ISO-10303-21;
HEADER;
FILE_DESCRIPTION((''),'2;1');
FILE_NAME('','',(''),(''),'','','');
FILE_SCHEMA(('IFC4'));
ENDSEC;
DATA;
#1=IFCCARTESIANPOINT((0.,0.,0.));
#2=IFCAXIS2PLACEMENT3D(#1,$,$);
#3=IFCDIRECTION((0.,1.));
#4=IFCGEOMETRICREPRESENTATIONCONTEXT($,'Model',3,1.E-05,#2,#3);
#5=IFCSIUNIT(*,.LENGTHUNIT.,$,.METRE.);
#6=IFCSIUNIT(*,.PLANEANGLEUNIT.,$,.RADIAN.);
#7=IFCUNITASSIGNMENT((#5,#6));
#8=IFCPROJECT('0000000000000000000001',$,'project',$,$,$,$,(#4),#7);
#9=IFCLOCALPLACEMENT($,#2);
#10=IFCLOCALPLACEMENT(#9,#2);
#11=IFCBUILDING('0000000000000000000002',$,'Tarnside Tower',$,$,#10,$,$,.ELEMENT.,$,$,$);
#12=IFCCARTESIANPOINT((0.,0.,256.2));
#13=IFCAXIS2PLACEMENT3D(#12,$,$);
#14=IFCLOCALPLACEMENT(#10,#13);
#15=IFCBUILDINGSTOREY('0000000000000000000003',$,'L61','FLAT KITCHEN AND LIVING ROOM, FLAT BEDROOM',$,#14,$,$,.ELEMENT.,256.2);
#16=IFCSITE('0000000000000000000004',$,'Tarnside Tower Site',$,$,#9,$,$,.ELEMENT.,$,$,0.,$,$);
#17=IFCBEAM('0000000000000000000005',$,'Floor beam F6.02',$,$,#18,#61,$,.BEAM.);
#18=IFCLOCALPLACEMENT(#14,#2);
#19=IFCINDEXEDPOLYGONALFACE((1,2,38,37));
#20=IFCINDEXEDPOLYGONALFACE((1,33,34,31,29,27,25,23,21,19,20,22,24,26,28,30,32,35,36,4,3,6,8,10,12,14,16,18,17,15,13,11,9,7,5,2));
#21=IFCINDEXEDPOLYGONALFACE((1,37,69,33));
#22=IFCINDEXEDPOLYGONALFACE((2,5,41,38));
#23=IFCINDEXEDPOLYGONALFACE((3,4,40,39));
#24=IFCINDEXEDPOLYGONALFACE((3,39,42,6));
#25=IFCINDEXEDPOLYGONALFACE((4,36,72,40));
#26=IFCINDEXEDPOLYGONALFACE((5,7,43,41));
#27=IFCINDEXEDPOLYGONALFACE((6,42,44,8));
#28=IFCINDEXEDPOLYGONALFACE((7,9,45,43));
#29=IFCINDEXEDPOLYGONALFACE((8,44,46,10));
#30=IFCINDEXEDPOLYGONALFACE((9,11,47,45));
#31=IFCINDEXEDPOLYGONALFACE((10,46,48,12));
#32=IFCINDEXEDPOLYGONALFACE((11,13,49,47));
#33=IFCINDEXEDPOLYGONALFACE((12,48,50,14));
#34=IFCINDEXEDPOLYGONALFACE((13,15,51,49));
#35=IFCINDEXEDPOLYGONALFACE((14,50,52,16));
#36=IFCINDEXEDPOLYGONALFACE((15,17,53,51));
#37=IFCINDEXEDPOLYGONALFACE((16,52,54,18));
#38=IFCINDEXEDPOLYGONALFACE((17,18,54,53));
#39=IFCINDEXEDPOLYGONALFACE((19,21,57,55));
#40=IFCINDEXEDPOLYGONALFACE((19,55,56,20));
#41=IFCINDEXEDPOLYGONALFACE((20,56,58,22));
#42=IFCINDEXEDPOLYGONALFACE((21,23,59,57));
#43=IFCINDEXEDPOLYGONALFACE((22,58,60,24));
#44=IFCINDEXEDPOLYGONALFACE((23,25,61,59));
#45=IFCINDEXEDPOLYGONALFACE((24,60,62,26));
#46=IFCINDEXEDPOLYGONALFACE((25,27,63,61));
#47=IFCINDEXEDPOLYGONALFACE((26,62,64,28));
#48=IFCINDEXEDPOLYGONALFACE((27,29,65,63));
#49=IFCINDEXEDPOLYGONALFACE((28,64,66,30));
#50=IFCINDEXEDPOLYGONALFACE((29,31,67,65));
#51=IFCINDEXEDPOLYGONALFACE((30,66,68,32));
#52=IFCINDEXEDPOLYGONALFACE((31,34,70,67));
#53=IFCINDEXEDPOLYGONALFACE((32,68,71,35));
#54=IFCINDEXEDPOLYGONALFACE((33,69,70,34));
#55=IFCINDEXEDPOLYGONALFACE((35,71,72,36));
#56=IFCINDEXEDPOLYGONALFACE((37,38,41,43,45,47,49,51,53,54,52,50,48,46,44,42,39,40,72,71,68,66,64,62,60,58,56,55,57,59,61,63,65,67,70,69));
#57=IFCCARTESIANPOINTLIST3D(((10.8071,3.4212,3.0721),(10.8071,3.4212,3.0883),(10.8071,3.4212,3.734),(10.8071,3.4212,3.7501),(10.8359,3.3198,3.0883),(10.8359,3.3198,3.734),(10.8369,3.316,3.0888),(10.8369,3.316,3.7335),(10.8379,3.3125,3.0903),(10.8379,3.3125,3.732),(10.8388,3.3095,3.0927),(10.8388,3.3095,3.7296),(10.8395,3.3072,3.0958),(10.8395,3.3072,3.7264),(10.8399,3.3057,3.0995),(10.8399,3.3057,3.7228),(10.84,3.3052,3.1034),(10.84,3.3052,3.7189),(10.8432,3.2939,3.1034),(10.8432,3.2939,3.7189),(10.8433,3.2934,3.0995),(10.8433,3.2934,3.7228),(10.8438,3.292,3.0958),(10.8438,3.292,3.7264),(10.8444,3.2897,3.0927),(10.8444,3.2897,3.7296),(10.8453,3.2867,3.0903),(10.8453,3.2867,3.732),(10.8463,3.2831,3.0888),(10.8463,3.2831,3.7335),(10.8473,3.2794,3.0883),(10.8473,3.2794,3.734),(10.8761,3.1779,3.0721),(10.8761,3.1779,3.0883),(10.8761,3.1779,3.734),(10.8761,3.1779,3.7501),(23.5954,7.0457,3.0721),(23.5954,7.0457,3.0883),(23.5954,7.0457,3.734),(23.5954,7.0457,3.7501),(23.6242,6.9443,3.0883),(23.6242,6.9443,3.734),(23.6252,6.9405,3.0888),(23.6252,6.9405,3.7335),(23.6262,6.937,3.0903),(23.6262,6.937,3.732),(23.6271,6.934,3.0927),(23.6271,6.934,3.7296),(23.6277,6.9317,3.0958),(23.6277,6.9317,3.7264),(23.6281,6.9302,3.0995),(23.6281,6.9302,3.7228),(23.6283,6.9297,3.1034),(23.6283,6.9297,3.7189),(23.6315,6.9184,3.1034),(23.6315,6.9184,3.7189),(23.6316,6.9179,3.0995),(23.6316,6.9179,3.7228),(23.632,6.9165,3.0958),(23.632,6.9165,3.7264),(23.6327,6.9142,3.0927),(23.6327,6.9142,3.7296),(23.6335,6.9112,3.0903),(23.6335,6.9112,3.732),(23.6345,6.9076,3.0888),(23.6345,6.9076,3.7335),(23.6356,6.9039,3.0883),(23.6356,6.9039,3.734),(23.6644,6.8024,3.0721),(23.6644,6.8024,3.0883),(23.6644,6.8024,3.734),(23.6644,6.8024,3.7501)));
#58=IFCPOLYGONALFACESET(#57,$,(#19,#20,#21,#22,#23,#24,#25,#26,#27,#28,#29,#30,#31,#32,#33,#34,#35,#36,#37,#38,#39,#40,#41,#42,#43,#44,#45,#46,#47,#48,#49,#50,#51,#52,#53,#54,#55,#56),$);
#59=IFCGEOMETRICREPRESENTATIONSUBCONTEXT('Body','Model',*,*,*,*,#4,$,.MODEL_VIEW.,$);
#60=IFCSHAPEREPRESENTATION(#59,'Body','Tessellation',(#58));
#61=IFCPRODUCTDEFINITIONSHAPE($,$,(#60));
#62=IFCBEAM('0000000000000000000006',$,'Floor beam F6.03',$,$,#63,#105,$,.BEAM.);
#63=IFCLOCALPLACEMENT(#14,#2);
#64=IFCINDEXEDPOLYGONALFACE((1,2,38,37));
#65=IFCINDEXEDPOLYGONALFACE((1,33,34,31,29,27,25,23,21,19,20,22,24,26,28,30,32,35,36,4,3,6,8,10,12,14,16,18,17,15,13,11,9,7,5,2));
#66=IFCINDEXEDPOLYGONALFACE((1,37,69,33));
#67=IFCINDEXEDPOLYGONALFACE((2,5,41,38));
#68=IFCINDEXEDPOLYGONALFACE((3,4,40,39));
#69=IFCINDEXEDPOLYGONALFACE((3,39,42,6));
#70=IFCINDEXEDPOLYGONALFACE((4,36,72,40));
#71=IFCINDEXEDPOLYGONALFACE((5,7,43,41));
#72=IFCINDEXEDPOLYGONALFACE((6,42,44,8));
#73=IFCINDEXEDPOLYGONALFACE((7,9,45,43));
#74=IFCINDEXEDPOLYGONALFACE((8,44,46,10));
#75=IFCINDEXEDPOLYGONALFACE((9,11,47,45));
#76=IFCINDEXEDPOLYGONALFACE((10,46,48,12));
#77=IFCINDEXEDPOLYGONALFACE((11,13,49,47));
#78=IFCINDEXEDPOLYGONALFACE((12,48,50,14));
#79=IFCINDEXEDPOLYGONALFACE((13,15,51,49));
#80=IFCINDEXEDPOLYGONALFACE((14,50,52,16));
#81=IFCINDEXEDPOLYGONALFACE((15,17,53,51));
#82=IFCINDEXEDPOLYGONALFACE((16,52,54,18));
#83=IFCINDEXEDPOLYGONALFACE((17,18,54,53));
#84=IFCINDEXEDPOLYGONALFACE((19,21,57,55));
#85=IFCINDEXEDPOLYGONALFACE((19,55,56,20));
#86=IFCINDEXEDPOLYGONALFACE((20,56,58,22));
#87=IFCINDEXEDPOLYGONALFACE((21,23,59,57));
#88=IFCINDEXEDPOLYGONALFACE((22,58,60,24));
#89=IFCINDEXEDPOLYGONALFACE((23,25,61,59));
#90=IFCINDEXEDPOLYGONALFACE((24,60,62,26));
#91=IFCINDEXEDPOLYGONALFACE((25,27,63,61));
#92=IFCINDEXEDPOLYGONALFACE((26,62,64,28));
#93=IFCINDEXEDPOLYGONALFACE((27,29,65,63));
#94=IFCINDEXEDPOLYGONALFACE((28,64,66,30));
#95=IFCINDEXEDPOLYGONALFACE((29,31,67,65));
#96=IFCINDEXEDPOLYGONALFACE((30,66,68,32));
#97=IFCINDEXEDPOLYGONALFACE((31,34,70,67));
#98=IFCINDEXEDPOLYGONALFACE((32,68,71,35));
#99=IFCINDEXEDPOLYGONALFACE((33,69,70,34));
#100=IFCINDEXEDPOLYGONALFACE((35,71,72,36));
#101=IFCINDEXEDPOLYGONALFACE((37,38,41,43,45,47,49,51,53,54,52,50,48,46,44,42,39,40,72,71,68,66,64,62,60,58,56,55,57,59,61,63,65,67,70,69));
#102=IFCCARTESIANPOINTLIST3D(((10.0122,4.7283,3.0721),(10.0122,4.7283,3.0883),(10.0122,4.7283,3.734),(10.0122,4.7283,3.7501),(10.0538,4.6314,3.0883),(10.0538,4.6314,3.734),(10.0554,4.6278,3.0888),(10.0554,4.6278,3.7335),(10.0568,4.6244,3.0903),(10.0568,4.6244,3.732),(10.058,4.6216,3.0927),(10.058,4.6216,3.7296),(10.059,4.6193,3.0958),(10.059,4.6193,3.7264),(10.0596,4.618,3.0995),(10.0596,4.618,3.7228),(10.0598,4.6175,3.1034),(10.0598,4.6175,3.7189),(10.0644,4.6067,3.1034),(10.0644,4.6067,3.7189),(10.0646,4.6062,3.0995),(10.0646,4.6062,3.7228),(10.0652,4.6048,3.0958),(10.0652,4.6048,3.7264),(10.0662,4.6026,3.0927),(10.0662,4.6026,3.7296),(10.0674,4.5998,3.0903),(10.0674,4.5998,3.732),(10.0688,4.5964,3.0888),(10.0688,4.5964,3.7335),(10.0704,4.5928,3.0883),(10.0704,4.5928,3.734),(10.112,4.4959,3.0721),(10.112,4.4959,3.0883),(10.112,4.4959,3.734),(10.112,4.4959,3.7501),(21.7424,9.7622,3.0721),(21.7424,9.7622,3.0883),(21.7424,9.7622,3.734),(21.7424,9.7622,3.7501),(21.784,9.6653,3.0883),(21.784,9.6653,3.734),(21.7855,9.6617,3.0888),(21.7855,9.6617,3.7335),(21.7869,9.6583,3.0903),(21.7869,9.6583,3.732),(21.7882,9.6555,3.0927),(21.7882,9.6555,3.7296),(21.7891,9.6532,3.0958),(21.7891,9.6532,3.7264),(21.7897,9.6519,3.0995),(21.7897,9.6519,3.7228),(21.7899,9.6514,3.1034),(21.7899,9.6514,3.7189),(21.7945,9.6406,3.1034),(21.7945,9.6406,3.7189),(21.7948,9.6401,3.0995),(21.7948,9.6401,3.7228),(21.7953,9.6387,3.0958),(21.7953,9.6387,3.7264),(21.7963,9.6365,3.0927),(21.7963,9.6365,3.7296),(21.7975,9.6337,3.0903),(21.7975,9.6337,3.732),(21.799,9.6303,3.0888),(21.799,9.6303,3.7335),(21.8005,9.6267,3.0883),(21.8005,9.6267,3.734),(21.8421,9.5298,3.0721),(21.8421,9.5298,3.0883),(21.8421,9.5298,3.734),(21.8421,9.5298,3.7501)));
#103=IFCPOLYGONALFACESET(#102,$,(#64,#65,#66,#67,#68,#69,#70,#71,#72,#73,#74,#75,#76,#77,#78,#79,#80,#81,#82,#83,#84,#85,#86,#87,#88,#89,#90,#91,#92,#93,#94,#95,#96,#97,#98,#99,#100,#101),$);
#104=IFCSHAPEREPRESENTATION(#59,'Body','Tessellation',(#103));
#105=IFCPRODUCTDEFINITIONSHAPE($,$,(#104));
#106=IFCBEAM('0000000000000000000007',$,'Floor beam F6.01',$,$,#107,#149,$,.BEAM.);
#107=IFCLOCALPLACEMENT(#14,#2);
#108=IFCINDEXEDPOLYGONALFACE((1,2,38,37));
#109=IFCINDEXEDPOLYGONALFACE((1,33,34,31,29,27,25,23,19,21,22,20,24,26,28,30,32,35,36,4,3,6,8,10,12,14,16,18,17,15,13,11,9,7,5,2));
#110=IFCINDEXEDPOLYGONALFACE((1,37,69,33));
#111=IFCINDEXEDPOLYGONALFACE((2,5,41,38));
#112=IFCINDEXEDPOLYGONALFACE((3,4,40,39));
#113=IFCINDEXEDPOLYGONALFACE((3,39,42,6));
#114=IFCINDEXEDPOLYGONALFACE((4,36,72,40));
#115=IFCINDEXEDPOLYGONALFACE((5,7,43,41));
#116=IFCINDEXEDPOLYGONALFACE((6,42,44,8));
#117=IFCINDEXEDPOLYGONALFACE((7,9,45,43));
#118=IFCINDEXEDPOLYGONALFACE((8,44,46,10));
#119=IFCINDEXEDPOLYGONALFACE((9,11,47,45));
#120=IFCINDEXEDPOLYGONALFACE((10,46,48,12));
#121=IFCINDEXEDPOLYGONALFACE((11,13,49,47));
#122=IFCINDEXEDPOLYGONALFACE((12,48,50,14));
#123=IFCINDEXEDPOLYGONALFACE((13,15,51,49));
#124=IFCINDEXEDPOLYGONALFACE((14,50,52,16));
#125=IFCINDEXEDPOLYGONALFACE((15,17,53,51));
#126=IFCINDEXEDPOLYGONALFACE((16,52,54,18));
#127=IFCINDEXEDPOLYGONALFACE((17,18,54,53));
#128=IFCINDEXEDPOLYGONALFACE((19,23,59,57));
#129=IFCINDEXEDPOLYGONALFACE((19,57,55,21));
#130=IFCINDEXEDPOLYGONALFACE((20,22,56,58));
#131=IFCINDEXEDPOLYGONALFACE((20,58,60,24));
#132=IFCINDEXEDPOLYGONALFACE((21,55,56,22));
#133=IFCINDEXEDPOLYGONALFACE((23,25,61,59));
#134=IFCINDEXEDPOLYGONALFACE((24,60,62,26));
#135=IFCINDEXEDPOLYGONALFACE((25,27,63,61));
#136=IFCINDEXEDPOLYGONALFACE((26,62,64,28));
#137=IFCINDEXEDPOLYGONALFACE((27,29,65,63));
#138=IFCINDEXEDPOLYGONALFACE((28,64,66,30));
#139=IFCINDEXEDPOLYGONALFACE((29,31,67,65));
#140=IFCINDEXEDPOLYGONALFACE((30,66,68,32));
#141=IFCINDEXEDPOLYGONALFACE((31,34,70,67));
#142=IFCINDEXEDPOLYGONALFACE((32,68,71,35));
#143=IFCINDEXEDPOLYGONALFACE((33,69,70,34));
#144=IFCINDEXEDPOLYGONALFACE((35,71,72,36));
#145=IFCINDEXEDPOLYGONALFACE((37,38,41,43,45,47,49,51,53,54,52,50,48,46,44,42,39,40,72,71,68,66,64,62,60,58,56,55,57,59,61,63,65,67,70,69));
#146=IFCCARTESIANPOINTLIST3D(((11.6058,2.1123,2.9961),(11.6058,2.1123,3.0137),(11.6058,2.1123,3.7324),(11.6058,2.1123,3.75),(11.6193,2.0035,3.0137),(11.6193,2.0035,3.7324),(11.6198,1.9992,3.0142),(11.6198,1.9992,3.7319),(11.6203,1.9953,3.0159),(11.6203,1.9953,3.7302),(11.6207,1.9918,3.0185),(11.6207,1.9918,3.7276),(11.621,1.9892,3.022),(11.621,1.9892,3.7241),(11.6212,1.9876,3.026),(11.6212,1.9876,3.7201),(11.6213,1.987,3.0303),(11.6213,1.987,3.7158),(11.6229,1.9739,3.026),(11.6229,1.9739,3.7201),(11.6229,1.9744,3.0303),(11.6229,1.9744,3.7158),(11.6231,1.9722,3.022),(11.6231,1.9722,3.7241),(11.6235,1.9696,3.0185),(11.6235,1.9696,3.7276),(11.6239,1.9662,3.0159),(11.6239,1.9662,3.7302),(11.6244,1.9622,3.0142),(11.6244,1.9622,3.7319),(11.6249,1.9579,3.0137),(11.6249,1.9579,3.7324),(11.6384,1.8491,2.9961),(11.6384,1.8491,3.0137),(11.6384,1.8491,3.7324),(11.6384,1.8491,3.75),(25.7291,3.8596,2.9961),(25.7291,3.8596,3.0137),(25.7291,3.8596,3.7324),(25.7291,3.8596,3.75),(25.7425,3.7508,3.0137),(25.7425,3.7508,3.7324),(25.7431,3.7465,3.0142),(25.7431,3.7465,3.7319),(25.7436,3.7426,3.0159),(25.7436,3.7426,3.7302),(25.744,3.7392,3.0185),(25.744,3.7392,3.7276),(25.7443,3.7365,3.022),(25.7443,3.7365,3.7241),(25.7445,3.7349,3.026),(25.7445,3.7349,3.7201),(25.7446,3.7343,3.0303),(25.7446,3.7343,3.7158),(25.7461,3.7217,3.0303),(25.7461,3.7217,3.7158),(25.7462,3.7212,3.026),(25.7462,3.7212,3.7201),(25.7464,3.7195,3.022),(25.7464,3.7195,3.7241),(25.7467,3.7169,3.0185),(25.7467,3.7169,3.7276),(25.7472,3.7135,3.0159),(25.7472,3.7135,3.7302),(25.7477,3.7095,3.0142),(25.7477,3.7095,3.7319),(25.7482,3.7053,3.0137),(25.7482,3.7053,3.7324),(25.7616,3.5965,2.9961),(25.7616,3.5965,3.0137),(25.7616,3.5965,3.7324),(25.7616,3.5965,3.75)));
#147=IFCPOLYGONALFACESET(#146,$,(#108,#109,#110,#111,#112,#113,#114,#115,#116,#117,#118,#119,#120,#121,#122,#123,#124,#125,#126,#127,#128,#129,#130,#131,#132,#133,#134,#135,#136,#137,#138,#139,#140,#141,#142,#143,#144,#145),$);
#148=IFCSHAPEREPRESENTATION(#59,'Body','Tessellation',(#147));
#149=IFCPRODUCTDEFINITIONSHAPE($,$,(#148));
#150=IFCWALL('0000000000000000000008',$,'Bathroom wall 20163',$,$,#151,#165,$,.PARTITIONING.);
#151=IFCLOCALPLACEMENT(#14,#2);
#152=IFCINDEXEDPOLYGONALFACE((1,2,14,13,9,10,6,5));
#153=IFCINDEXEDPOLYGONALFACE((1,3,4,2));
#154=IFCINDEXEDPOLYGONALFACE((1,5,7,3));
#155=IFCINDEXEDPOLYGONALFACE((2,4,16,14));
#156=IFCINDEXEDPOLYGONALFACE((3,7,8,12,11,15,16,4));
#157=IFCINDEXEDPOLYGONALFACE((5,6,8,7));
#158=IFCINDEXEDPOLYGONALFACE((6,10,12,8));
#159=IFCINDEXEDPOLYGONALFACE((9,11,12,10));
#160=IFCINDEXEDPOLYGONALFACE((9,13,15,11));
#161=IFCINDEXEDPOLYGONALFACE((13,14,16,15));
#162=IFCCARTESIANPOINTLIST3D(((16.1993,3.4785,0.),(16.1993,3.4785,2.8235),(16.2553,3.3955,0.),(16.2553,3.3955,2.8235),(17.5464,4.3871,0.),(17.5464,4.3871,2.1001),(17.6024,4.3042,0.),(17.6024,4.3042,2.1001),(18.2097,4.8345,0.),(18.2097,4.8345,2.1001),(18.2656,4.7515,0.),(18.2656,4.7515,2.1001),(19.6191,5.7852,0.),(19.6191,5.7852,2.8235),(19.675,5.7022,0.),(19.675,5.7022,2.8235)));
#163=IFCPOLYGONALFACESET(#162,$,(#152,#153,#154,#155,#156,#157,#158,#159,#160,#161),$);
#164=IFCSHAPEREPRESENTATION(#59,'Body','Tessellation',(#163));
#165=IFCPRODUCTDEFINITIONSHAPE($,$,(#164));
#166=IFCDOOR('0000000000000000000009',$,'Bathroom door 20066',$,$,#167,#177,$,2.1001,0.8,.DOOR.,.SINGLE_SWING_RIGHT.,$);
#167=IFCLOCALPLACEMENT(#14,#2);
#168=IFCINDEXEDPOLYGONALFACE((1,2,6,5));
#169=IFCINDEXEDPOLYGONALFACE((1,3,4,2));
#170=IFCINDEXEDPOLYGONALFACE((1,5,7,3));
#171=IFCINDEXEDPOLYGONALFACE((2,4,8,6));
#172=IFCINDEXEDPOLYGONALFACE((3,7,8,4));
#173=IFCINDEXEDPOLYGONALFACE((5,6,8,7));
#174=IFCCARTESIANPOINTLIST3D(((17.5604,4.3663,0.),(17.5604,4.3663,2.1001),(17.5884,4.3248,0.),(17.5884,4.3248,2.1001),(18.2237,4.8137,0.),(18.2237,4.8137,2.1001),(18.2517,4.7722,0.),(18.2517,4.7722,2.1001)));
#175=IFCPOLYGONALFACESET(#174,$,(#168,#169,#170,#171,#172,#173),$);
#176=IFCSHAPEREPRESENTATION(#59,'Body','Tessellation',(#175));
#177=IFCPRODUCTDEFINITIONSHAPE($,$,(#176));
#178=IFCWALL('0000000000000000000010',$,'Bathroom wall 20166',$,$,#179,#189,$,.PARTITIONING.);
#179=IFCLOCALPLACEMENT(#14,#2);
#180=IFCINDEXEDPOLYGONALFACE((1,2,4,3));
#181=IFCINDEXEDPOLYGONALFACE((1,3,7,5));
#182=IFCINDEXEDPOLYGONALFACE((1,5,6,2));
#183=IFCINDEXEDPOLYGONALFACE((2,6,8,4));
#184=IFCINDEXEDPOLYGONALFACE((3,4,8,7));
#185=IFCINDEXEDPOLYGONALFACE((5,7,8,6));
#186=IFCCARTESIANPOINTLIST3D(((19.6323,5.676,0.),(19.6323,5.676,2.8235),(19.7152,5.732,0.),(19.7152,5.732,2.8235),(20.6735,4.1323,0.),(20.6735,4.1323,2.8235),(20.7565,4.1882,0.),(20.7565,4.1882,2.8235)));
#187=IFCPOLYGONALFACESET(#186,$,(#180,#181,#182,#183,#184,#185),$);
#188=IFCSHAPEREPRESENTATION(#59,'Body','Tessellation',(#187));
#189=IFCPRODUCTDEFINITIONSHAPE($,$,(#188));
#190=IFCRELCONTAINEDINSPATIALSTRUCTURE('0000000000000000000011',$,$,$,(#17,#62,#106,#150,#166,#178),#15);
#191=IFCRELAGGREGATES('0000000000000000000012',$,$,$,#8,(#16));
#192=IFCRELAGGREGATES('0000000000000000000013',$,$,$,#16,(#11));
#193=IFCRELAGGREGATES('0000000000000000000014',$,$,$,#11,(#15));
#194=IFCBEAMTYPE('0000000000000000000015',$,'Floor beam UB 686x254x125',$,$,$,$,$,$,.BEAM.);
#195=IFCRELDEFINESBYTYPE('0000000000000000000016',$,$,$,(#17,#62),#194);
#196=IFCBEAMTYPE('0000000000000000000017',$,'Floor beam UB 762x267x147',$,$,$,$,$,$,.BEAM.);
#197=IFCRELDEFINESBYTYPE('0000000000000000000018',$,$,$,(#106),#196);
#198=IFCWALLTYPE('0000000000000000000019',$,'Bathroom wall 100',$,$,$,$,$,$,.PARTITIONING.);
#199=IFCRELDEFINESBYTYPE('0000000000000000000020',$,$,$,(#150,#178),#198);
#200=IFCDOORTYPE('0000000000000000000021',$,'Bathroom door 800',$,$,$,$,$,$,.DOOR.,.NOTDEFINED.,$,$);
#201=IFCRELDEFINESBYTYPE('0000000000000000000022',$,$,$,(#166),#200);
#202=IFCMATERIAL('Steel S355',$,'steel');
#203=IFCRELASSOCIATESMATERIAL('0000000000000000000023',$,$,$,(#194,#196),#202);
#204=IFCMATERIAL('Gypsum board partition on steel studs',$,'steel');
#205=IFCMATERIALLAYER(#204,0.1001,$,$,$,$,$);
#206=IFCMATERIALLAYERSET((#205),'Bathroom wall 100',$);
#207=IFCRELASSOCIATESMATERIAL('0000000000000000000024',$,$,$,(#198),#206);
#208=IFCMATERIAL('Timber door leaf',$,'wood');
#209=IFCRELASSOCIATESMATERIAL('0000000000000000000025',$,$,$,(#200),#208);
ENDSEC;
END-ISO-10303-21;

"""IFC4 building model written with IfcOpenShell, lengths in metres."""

from ifc_helpers import new_model, si_unit, direction, frame, frame_2d, origin, origin_2d, place, context, subcontext, project, spatial, rectangle, i_section, extrude, material, layer, layer_set, material_profile, profile_set, type_object, element, fill, save


model = new_model("IFC4")

# Units and contexts
model_context = context("Model", 3, precision=1e-05, world=origin(), true_north=direction((0.0, 1.0)))
body_context = subcontext(model_context, "Body", "Model", "MODEL_VIEW")
ifc_project = project(units=[si_unit("LENGTHUNIT", "METRE"), si_unit("PLANEANGLEUNIT", "RADIAN")], contexts=[model_context])

# Site, building, storey
site_placement = place(None, origin())
site = spatial("IfcSite", under=ifc_project, at=site_placement, Name="Tarnside Tower Site", CompositionType="ELEMENT", RefElevation=0.0)
building_placement = place(site_placement, origin())
building = spatial("IfcBuilding", under=site, at=building_placement, Name="Tarnside Tower", CompositionType="ELEMENT")
storey_placement = place(building_placement, frame((0.0, 0.0, 256.2)))
storey = spatial("IfcBuildingStorey", under=building, at=storey_placement, Name="L61", Description="FLAT KITCHEN AND LIVING ROOM, FLAT BEDROOM", CompositionType="ELEMENT", Elevation=256.2)

# Beams
ifc_material_1 = material(Name="Steel S355", Category="steel")
ifc_material_profile_1 = material_profile(ifc_material_1, i_section(OverallWidth=0.2529, OverallDepth=0.678, WebThickness=0.0117, FlangeThickness=0.0161, FilletRadius=0.0151, at=origin_2d()), Name="UB 686x254x125")
ifc_profile_set_1 = profile_set([ifc_material_profile_1], Name="Steel S355")
beam_type_1 = type_object("IfcBeamType", Name="Floor beam UB 686x254x125", PredefinedType="BEAM", material=ifc_profile_set_1)
beam_1_placement = place(storey_placement, frame((23.6299, 6.9241, 3.4111), z_axis=(-0.962104, -0.272683, 0.0), x_axis=(0.272683, -0.962104, 0.0)))
element("IfcBeam", 1, at=beam_1_placement, inside=storey, type_object=beam_type_1, Name="Floor beam F6.02", PredefinedType="BEAM", context=body_context, shape_type="SweptSolid", body=[
    extrude(i_section(OverallWidth=0.2529, OverallDepth=0.678, WebThickness=0.0117, FlangeThickness=0.0161, FilletRadius=0.0151, at=origin_2d()), origin(), (0.0, 0.0, 1.0), 13.292),
])
beam_2_placement = place(storey_placement, frame((21.7922, 9.646, 3.4111), z_axis=(-0.918955, -0.394362, 0.0), x_axis=(0.394362, -0.918955, 0.0)))
element("IfcBeam", 2, at=beam_2_placement, inside=storey, type_object=beam_type_1, Name="Floor beam F6.03", PredefinedType="BEAM", context=body_context, shape_type="SweptSolid", body=[
    extrude(i_section(OverallWidth=0.2529, OverallDepth=0.678, WebThickness=0.0117, FlangeThickness=0.0161, FilletRadius=0.0151, at=origin_2d()), origin(), (0.0, 0.0, 1.0), 12.7646),
])
ifc_material_profile_2 = material_profile(ifc_material_1, i_section(OverallWidth=0.2651, OverallDepth=0.7539, WebThickness=0.0127, FlangeThickness=0.0176, FilletRadius=0.0166, at=origin_2d()), Name="UB 762x267x147")
ifc_profile_set_2 = profile_set([ifc_material_profile_2], Name="Steel S355")
beam_type_2 = type_object("IfcBeamType", Name="Floor beam UB 762x267x147", PredefinedType="BEAM", material=ifc_profile_set_2)
beam_3_placement = place(storey_placement, frame((25.7454, 3.728, 3.373), z_axis=(-0.992434, -0.122783, 0.0), x_axis=(0.122783, -0.992434, 0.0)))
element("IfcBeam", 3, at=beam_3_placement, inside=storey, type_object=beam_type_2, Name="Floor beam F6.01", PredefinedType="BEAM", context=body_context, shape_type="SweptSolid", body=[
    extrude(i_section(OverallWidth=0.2651, OverallDepth=0.7539, WebThickness=0.0127, FlangeThickness=0.0176, FilletRadius=0.0166, at=origin_2d()), origin(), (0.0, 0.0, 1.0), 14.231),
])

# Wall, opening, door
ifc_material_2 = material(Name="Gypsum board partition on steel studs", Category="steel")
ifc_layer_1 = layer(ifc_material_2, 0.1001)
ifc_layer_set_1 = layer_set([ifc_layer_1], Name="Bathroom wall 100")
wall_type_1 = type_object("IfcWallType", Name="Bathroom wall 100", PredefinedType="PARTITIONING", material=ifc_layer_set_1)
wall_1_placement = place(storey_placement, frame((16.2273, 3.437, 0.0), z_axis=(0.0, 0.0, 1.0), x_axis=(0.829033, 0.559199, 0.0)))
wall_1 = element("IfcWall", 4, at=wall_1_placement, inside=storey, type_object=wall_type_1, Name="Bathroom wall 20163", PredefinedType="PARTITIONING", context=body_context, shape_type="SweptSolid", body=[
    extrude(rectangle(XDim=4.125, YDim=0.1001, at=frame_2d((2.0625, 0.0))), origin(), (0.0, 0.0, 1.0), 2.8235),
])
opening_1_placement = place(wall_1_placement, frame((1.625, 0.0, 0.0)))
opening_1 = element("IfcOpeningElement", 5, at=opening_1_placement, cuts=wall_1, PredefinedType="OPENING", context=body_context, shape_type="SweptSolid", body=[
    extrude(rectangle(XDim=0.8, YDim=2.1001, at=frame_2d((0.3999, 1.05))), frame((0.0, 0.0601, 0.0), z_axis=(0.0, -1.0, 0.0), x_axis=(1.0, 0.0, 0.0)), (0.0, 0.0, 1.0), 0.1201),
])
ifc_material_3 = material(Name="Timber door leaf", Category="wood")
door_type_1 = type_object("IfcDoorType", Name="Bathroom door 800", OperationType="NOTDEFINED", PredefinedType="DOOR", material=ifc_material_3)
door_1_placement = place(opening_1_placement, origin())
door_1 = element("IfcDoor", 6, at=door_1_placement, inside=storey, type_object=door_type_1, Name="Bathroom door 20066", OperationType="SINGLE_SWING_RIGHT", OverallHeight=2.1001, OverallWidth=0.8, PredefinedType="DOOR", context=body_context, shape_type="SweptSolid", body=[
    extrude(rectangle(XDim=0.8, YDim=2.1001, at=frame_2d((0.3999, 1.05))), frame((0.0, 0.0249, 0.0), z_axis=(0.0, -1.0, 0.0), x_axis=(1.0, 0.0, 0.0)), (0.0, 0.0, 1.0), 0.05),
])
fill(opening_1, door_1)

# Wall
wall_2_placement = place(storey_placement, frame((20.7151, 4.1602, 0.0), z_axis=(0.0, 0.0, 1.0), x_axis=(-0.5592, 0.829033, 0.0)))
element("IfcWall", 7, at=wall_2_placement, inside=storey, type_object=wall_type_1, Name="Bathroom wall 20166", PredefinedType="PARTITIONING", context=body_context, shape_type="SweptSolid", body=[
    extrude(rectangle(XDim=1.8621, YDim=0.1001, at=frame_2d((0.9312, 0.0))), origin(), (0.0, 0.0, 1.0), 2.8235),
])

save(model, "model.ifc")
